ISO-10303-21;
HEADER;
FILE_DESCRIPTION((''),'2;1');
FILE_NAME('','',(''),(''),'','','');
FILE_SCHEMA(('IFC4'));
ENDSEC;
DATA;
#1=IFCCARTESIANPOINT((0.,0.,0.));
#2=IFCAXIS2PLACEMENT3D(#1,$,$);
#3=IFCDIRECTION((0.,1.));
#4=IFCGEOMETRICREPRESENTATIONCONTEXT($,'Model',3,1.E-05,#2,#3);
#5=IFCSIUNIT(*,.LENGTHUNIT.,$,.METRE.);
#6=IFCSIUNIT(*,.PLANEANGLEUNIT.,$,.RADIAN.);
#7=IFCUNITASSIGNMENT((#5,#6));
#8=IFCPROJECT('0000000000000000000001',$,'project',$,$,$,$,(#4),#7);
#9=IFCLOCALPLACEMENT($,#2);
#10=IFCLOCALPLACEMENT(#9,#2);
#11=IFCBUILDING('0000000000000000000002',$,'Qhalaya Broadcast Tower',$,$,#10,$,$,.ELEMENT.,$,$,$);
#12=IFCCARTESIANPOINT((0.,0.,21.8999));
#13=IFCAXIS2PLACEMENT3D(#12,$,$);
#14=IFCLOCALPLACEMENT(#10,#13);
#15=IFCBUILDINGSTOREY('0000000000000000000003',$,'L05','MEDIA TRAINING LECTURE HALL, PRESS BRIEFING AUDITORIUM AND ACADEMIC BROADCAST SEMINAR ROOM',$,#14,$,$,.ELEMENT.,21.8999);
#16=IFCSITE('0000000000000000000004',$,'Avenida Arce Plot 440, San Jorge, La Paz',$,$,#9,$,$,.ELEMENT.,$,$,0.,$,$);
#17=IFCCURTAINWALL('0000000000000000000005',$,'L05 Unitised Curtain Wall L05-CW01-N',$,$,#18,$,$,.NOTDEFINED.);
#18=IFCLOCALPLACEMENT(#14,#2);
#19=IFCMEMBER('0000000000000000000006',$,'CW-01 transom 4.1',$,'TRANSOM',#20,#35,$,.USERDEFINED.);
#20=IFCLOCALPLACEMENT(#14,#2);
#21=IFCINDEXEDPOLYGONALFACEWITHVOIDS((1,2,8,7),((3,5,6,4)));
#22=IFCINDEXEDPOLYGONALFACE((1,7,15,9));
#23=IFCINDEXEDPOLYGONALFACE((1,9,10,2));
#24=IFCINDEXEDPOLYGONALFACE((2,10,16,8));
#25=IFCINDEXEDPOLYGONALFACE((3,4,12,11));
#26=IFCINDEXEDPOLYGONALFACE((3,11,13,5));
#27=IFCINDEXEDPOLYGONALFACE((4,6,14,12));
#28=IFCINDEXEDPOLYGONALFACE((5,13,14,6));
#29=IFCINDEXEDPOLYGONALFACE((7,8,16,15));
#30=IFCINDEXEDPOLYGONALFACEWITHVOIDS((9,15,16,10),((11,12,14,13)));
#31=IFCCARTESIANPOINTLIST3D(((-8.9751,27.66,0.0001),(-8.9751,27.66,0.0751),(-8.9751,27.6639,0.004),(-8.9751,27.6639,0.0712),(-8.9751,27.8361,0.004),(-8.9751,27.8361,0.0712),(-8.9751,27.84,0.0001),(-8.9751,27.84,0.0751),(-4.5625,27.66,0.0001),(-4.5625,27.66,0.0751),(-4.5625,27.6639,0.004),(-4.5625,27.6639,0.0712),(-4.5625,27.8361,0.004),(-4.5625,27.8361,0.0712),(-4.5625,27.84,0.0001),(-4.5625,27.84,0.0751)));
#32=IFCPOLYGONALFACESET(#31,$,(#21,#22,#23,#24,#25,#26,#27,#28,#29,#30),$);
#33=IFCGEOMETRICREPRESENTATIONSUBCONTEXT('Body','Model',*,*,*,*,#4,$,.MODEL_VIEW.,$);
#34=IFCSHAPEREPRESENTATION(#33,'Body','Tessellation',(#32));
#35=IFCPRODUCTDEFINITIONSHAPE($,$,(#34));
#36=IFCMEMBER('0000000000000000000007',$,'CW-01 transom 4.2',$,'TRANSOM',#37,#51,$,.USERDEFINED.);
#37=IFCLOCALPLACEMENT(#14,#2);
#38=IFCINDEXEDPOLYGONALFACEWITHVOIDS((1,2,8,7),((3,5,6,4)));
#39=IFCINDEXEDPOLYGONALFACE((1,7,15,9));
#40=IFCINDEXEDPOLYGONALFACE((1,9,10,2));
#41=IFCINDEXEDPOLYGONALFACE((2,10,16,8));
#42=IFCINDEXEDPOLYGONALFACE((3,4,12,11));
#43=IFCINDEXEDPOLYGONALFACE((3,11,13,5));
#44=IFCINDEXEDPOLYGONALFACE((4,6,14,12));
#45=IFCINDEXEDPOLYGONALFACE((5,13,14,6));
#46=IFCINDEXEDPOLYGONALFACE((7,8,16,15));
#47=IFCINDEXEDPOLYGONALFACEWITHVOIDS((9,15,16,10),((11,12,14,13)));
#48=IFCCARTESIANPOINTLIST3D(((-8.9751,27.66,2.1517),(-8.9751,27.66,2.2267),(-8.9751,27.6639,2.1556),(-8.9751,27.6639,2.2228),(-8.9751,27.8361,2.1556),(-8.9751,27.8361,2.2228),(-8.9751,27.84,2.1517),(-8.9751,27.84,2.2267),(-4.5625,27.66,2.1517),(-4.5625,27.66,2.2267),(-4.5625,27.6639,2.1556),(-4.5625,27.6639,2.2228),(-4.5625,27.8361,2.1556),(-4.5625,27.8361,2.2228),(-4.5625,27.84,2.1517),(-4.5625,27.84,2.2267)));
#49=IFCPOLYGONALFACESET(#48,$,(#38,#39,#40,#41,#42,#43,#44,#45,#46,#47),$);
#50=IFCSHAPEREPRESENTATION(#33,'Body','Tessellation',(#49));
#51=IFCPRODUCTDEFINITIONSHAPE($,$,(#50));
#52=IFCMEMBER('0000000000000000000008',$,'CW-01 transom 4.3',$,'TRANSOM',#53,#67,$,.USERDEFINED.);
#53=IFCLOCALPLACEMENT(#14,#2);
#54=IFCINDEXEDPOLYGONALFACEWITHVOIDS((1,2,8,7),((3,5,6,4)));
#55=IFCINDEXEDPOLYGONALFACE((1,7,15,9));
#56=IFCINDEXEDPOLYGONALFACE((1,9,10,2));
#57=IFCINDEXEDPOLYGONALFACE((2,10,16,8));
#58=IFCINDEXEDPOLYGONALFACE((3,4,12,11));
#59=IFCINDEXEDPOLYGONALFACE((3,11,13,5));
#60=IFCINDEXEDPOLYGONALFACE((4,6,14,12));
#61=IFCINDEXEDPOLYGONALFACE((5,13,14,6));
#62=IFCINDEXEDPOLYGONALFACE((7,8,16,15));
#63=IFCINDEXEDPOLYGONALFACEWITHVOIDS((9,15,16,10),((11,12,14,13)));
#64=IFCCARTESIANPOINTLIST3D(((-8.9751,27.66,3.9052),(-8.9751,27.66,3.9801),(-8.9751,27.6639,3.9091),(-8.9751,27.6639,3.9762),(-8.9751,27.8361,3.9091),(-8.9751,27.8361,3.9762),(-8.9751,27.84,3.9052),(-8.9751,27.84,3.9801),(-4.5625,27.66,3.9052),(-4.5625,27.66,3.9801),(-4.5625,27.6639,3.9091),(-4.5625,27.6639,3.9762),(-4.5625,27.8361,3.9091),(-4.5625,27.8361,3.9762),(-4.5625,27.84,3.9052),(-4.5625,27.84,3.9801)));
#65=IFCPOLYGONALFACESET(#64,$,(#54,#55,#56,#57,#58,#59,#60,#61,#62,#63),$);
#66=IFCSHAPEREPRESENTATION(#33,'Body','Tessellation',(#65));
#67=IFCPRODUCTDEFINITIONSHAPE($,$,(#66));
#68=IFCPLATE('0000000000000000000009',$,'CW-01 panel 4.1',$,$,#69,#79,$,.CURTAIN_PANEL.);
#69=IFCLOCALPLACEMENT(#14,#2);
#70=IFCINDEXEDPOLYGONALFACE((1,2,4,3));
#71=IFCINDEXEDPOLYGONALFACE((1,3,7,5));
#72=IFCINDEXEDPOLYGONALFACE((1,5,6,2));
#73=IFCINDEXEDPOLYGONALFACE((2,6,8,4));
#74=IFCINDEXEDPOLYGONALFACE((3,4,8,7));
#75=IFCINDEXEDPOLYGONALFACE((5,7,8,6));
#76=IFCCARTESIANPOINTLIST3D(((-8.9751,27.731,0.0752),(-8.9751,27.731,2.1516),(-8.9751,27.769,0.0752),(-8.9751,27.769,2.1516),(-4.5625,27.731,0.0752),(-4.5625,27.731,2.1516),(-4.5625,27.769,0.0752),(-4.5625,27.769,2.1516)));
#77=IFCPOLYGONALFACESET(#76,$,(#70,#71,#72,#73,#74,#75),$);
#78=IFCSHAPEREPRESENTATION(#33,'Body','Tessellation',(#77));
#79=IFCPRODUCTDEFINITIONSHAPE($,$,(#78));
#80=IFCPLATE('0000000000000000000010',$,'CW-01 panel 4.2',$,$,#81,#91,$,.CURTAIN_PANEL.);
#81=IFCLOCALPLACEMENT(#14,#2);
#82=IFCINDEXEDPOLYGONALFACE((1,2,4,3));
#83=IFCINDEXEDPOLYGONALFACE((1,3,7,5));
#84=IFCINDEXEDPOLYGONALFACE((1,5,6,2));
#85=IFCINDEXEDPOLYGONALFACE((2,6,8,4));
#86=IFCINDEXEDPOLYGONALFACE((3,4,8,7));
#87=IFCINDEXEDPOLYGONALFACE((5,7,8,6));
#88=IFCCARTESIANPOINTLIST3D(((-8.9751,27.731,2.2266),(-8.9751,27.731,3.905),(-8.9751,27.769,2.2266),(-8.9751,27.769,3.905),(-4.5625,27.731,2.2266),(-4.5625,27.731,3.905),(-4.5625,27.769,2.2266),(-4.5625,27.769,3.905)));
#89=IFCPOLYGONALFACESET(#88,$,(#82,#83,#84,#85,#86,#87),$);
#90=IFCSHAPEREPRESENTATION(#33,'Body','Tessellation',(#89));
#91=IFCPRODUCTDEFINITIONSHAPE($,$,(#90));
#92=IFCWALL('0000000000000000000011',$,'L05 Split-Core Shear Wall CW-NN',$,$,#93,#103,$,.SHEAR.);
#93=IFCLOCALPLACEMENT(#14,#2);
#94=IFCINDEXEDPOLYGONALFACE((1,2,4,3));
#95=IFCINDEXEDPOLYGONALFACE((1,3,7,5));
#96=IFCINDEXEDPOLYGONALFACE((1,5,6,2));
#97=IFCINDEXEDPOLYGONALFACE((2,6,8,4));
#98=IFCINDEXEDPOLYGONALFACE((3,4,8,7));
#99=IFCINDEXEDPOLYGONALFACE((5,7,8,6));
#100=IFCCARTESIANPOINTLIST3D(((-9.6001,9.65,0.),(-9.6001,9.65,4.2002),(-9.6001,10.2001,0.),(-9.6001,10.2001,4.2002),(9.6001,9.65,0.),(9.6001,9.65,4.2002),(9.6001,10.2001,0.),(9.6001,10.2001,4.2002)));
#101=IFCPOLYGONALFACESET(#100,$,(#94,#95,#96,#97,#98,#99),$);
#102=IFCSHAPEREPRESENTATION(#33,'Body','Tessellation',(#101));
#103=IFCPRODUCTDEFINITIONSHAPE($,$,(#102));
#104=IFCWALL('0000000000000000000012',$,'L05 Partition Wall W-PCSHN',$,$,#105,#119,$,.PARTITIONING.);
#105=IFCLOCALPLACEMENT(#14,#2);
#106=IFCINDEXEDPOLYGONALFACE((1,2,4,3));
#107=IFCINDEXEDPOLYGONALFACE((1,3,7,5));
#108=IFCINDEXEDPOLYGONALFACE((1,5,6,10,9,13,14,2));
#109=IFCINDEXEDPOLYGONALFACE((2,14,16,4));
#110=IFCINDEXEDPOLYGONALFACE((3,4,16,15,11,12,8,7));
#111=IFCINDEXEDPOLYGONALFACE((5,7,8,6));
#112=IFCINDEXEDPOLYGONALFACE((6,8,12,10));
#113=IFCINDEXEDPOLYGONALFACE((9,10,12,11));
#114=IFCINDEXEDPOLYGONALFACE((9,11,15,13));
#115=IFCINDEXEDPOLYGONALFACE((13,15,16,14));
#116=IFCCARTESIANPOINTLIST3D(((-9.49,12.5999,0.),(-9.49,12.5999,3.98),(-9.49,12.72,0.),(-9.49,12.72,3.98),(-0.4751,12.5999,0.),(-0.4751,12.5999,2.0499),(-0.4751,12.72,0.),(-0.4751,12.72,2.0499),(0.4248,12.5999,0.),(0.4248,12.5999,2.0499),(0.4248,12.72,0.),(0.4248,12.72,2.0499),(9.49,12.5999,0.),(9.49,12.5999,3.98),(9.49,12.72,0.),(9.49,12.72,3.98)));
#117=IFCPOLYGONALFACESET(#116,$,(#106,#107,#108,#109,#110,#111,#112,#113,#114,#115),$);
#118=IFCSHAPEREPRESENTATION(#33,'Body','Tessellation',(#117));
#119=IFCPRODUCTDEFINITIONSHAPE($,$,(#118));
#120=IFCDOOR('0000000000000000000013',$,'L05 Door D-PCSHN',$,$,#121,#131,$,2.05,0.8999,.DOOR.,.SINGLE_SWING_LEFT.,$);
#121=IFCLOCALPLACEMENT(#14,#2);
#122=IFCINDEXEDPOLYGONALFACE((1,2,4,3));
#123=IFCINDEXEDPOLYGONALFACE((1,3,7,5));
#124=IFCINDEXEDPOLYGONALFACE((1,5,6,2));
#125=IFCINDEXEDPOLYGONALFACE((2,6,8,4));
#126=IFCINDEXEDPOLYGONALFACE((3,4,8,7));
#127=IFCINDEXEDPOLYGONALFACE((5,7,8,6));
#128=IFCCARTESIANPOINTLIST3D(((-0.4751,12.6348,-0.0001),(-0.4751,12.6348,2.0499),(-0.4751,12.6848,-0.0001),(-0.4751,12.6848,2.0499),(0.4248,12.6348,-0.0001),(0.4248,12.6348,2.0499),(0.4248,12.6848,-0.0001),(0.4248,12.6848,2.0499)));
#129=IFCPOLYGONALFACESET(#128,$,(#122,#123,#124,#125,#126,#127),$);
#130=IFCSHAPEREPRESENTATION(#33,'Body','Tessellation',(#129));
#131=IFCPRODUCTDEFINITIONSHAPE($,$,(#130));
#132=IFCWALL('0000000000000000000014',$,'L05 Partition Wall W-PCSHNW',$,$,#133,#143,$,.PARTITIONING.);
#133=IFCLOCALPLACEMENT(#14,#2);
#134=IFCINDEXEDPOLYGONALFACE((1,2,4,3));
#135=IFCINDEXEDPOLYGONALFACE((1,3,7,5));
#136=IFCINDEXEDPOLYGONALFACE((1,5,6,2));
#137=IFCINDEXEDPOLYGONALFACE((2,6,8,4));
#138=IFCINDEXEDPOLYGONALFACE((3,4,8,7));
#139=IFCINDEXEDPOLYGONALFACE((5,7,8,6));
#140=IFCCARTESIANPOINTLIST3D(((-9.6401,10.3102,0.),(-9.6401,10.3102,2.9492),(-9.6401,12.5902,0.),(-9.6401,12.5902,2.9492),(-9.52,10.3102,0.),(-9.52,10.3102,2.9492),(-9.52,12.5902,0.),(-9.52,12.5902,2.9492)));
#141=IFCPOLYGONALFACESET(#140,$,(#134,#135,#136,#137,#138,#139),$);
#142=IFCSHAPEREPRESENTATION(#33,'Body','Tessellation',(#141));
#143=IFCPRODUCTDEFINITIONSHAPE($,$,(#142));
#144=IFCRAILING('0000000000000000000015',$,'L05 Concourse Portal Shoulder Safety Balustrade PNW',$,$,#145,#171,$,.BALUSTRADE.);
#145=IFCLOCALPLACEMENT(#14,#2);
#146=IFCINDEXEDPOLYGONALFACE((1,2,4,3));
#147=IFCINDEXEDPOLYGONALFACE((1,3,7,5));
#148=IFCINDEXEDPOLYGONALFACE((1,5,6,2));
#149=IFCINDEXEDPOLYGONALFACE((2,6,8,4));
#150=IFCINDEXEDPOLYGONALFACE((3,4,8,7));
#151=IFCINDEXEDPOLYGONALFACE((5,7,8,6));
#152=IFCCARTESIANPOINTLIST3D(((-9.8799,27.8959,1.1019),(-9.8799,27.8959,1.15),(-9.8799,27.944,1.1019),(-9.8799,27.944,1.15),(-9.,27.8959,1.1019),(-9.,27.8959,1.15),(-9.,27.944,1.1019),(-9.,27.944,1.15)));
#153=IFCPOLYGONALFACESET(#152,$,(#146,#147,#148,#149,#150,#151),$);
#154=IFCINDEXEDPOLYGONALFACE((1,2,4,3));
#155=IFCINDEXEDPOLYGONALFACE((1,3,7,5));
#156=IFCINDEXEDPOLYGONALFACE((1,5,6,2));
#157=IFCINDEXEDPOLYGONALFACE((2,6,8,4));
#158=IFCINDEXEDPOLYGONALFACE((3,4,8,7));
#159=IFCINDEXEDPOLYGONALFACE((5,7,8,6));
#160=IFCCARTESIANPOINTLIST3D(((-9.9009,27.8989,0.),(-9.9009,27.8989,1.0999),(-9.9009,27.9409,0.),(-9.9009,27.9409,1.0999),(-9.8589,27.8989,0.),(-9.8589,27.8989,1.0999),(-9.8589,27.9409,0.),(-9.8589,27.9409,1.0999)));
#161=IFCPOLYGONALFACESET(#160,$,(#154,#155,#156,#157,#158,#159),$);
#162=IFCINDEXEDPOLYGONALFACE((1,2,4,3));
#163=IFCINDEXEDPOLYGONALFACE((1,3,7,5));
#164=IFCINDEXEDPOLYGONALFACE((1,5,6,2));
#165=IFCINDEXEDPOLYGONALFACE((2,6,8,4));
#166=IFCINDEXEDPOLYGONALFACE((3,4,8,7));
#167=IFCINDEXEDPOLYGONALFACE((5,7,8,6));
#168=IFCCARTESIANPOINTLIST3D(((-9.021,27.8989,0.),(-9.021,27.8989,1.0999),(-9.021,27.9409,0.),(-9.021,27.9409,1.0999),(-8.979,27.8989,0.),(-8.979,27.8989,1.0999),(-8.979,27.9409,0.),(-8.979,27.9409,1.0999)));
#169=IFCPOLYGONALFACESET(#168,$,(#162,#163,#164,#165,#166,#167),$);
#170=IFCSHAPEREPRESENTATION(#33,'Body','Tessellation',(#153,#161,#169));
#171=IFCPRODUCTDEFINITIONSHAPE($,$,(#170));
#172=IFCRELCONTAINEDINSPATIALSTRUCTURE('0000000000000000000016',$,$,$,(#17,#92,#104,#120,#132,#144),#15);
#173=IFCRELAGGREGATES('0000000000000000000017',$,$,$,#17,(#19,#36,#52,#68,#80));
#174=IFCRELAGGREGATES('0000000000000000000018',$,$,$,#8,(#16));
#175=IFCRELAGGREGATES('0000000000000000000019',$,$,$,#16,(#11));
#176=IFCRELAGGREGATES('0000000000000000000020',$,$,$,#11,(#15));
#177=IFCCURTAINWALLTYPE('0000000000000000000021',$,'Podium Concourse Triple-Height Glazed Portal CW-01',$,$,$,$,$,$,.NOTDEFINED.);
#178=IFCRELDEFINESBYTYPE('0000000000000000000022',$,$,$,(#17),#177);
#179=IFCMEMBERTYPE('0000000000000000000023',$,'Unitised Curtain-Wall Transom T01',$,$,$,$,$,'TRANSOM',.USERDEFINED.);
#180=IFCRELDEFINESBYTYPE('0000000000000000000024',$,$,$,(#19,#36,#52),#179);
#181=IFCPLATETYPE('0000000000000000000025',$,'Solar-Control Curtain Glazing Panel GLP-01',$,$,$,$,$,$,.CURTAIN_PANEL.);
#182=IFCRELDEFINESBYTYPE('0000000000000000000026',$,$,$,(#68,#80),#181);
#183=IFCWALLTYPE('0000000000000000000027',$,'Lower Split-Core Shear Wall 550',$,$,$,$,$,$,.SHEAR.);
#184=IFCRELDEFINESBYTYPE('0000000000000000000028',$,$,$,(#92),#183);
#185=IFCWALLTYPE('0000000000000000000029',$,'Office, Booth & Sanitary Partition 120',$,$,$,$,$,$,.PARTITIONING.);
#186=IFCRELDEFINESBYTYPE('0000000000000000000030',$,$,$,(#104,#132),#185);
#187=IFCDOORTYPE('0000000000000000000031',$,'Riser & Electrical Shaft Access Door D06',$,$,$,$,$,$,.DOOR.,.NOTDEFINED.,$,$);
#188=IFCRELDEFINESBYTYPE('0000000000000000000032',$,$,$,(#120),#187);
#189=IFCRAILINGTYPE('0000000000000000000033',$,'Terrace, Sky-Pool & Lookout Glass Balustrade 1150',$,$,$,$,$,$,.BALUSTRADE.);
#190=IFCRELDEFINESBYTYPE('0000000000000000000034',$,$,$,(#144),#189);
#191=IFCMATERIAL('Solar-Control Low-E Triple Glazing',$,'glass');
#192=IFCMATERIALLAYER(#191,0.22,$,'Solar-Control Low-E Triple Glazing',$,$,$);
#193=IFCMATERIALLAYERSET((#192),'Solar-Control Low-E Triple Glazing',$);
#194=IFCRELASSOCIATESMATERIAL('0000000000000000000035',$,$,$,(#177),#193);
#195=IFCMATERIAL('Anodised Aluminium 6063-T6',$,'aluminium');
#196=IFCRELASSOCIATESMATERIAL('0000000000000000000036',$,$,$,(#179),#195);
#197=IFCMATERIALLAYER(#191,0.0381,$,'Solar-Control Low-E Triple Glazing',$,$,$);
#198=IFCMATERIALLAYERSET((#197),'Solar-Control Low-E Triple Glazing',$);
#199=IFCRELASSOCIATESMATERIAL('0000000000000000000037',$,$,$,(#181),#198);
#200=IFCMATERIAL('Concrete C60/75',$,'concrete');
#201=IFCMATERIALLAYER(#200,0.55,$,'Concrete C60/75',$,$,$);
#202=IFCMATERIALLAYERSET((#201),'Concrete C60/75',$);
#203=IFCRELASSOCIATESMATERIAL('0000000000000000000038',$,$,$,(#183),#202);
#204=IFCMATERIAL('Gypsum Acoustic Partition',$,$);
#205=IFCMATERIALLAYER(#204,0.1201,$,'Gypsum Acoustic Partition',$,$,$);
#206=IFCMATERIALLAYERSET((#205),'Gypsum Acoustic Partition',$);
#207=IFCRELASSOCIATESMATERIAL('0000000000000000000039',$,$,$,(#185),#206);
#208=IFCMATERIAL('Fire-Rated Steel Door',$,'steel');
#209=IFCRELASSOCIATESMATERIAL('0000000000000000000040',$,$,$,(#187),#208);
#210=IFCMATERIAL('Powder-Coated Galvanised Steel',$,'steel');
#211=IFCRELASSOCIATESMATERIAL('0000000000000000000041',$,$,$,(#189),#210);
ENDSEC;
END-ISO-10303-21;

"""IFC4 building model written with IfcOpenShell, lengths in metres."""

from ifc_helpers import new_model, si_unit, direction, frame, frame_2d, origin, origin_2d, place, context, subcontext, project, spatial, rectangle, hollow_rectangle, extrude, material, layer, layer_set, material_profile, profile_set, type_object, element, fill, aggregate, save


model = new_model("IFC4")

# Units and contexts
model_context = context("Model", 3, precision=1e-05, world=origin(), true_north=direction((0.0, 1.0)))
body_context = subcontext(model_context, "Body", "Model", "MODEL_VIEW")
ifc_project = project(units=[si_unit("LENGTHUNIT", "METRE"), si_unit("PLANEANGLEUNIT", "RADIAN")], contexts=[model_context])

# Site, building, storey
site_placement = place(None, origin())
site = spatial("IfcSite", under=ifc_project, at=site_placement, Name="Avenida Arce Plot 440, San Jorge, La Paz", CompositionType="ELEMENT", RefElevation=0.0)
building_placement = place(site_placement, origin())
building = spatial("IfcBuilding", under=site, at=building_placement, Name="Qhalaya Broadcast Tower", CompositionType="ELEMENT")
storey_placement = place(building_placement, frame((0.0, 0.0, 21.8999)))
storey = spatial("IfcBuildingStorey", under=building, at=storey_placement, Name="L05", Description="MEDIA TRAINING LECTURE HALL, PRESS BRIEFING AUDITORIUM AND ACADEMIC BROADCAST SEMINAR ROOM", CompositionType="ELEMENT", Elevation=21.8999)

# Shared definitions
ifc_material_1 = material(Name="Concrete C60/75", Category="concrete")

# Curtain wall, members, plates
ifc_material_2 = material(Name="Solar-Control Low-E Triple Glazing", Category="glass")
ifc_layer_1 = layer(ifc_material_2, 0.22, Name="Solar-Control Low-E Triple Glazing")
ifc_layer_set_1 = layer_set([ifc_layer_1], Name="Solar-Control Low-E Triple Glazing")
curtain_wall_type = type_object("IfcCurtainWallType", Name="Podium Concourse Triple-Height Glazed Portal CW-01", PredefinedType="NOTDEFINED", material=ifc_layer_set_1)
curtain_wall_placement = place(storey_placement, origin())
curtain_wall = element("IfcCurtainWall", 1, at=curtain_wall_placement, inside=storey, type_object=curtain_wall_type, Name="L05 Unitised Curtain Wall L05-CW01-N", PredefinedType="NOTDEFINED")
ifc_material_3 = material(Name="Anodised Aluminium 6063-T6", Category="aluminium")
ifc_material_profile_1 = material_profile(ifc_material_3, hollow_rectangle(XDim=0.075, YDim=0.1799, WallThickness=0.0039, at=origin_2d()), Name="ALU-TRN 75x180x4")
ifc_profile_set_1 = profile_set([ifc_material_profile_1], Name="Anodised Aluminium 6063-T6")
member_type_1 = type_object("IfcMemberType", Name="Unitised Curtain-Wall Transom T01", ElementType="TRANSOM", PredefinedType="USERDEFINED", material=ifc_profile_set_1)
member_1_placement = place(storey_placement, frame((-4.5625, 27.75, 0.0376), z_axis=(-1.0, 0.0, 0.0), x_axis=(0.0, 0.0, 1.0)))
member_1 = element("IfcMember", 2, at=member_1_placement, type_object=member_type_1, Name="CW-01 transom 4.1", ObjectType="TRANSOM", PredefinedType="USERDEFINED", context=body_context, shape_type="SweptSolid", body=[
    extrude(hollow_rectangle(XDim=0.075, YDim=0.1799, WallThickness=0.0039, at=origin_2d()), origin(), (0.0, 0.0, 1.0), 4.4126),
])
member_2_placement = place(storey_placement, frame((-4.5625, 27.75, 2.1892), z_axis=(-1.0, 0.0, 0.0), x_axis=(0.0, 0.0, 1.0)))
member_2 = element("IfcMember", 3, at=member_2_placement, type_object=member_type_1, Name="CW-01 transom 4.2", ObjectType="TRANSOM", PredefinedType="USERDEFINED", context=body_context, shape_type="SweptSolid", body=[
    extrude(hollow_rectangle(XDim=0.075, YDim=0.1799, WallThickness=0.0039, at=origin_2d()), origin(), (0.0, 0.0, 1.0), 4.4126),
])
member_3_placement = place(storey_placement, frame((-4.5625, 27.75, 3.9426), z_axis=(-1.0, 0.0, 0.0), x_axis=(0.0, 0.0, 1.0)))
member_3 = element("IfcMember", 4, at=member_3_placement, type_object=member_type_1, Name="CW-01 transom 4.3", ObjectType="TRANSOM", PredefinedType="USERDEFINED", context=body_context, shape_type="SweptSolid", body=[
    extrude(hollow_rectangle(XDim=0.075, YDim=0.1799, WallThickness=0.0039, at=origin_2d()), origin(), (0.0, 0.0, 1.0), 4.4126),
])
ifc_layer_2 = layer(ifc_material_2, 0.0381, Name="Solar-Control Low-E Triple Glazing")
ifc_layer_set_2 = layer_set([ifc_layer_2], Name="Solar-Control Low-E Triple Glazing")
plate_type = type_object("IfcPlateType", Name="Solar-Control Curtain Glazing Panel GLP-01", PredefinedType="CURTAIN_PANEL", material=ifc_layer_set_2)
plate_1_placement = place(storey_placement, frame((-6.7688, 27.75, 0.0752), z_axis=(0.0, 0.0, 1.0), x_axis=(-1.0, 0.0, 0.0)))
plate_1 = element("IfcPlate", 5, at=plate_1_placement, type_object=plate_type, Name="CW-01 panel 4.1", PredefinedType="CURTAIN_PANEL", context=body_context, shape_type="SweptSolid", body=[
    extrude(rectangle(XDim=4.4126, YDim=0.0381, at=origin_2d()), origin(), (0.0, 0.0, 1.0), 2.0764),
])
plate_2_placement = place(storey_placement, frame((-6.7688, 27.75, 2.2266), z_axis=(0.0, 0.0, 1.0), x_axis=(-1.0, 0.0, 0.0)))
plate_2 = element("IfcPlate", 6, at=plate_2_placement, type_object=plate_type, Name="CW-01 panel 4.2", PredefinedType="CURTAIN_PANEL", context=body_context, shape_type="SweptSolid", body=[
    extrude(rectangle(XDim=4.4126, YDim=0.0381, at=origin_2d()), origin(), (0.0, 0.0, 1.0), 1.6785),
])
aggregate(curtain_wall, [member_1, member_2, member_3, plate_1, plate_2])

# Wall
ifc_layer_3 = layer(ifc_material_1, 0.55, Name="Concrete C60/75")
ifc_layer_set_3 = layer_set([ifc_layer_3], Name="Concrete C60/75")
wall_type_1 = type_object("IfcWallType", Name="Lower Split-Core Shear Wall 550", PredefinedType="SHEAR", material=ifc_layer_set_3)
wall_1_placement = place(storey_placement, frame((-9.6001, 9.925, 0.0), z_axis=(0.0, 0.0, 1.0), x_axis=(1.0, 0.0, 0.0)))
element("IfcWall", 7, at=wall_1_placement, inside=storey, type_object=wall_type_1, Name="L05 Split-Core Shear Wall CW-NN", PredefinedType="SHEAR", context=body_context, shape_type="SweptSolid", body=[
    extrude(rectangle(XDim=19.2002, YDim=0.55, at=frame_2d((9.6001, 0.0))), origin(), (0.0, 0.0, 1.0), 4.2002),
])

# Wall, opening, door
ifc_material_4 = material(Name="Gypsum Acoustic Partition")
ifc_layer_4 = layer(ifc_material_4, 0.1201, Name="Gypsum Acoustic Partition")
ifc_layer_set_4 = layer_set([ifc_layer_4], Name="Gypsum Acoustic Partition")
wall_type_2 = type_object("IfcWallType", Name="Office, Booth & Sanitary Partition 120", PredefinedType="PARTITIONING", material=ifc_layer_set_4)
wall_2_placement = place(storey_placement, frame((-9.49, 12.6599, 0.0), z_axis=(0.0, 0.0, 1.0), x_axis=(1.0, 0.0, 0.0)))
wall_2 = element("IfcWall", 8, at=wall_2_placement, inside=storey, type_object=wall_type_2, Name="L05 Partition Wall W-PCSHN", PredefinedType="PARTITIONING", context=body_context, shape_type="SweptSolid", body=[
    extrude(rectangle(XDim=18.98, YDim=0.1201, at=frame_2d((9.49, 0.0))), origin(), (0.0, 0.0, 1.0), 3.98),
])
opening_placement = place(wall_2_placement, frame((9.0149, 0.0, 0.0)))
opening = element("IfcOpeningElement", 9, at=opening_placement, cuts=wall_2, PredefinedType="OPENING", context=body_context, shape_type="SweptSolid", body=[
    extrude(rectangle(XDim=0.8999, YDim=2.05, at=frame_2d((0.45, 1.0249))), frame((0.0, 0.072, 0.0), z_axis=(0.0, -1.0, 0.0), x_axis=(1.0, 0.0, 0.0)), (0.0, 0.0, 1.0), 0.144),
])
ifc_material_5 = material(Name="Fire-Rated Steel Door", Category="steel")
door_type = type_object("IfcDoorType", Name="Riser & Electrical Shaft Access Door D06", OperationType="NOTDEFINED", PredefinedType="DOOR", material=ifc_material_5)
door_placement = place(opening_placement, origin())
door = element("IfcDoor", 10, at=door_placement, inside=storey, type_object=door_type, Name="L05 Door D-PCSHN", OperationType="SINGLE_SWING_LEFT", OverallHeight=2.05, OverallWidth=0.8999, PredefinedType="DOOR", context=body_context, shape_type="SweptSolid", body=[
    extrude(rectangle(XDim=0.8999, YDim=2.05, at=frame_2d((0.45, 1.0249))), frame((0.0, 0.0249, 0.0), z_axis=(0.0, -1.0, 0.0), x_axis=(1.0, 0.0, 0.0)), (0.0, 0.0, 1.0), 0.05),
])
fill(opening, door)

# Wall
wall_3_placement = place(storey_placement, frame((-9.5801, 10.3101, 0.0), z_axis=(0.0, 0.0, 1.0), x_axis=(0.0, 1.0, 0.0)))
element("IfcWall", 11, at=wall_3_placement, inside=storey, type_object=wall_type_2, Name="L05 Partition Wall W-PCSHNW", PredefinedType="PARTITIONING", context=body_context, shape_type="SweptSolid", body=[
    extrude(rectangle(XDim=2.28, YDim=0.1201, at=frame_2d((1.1401, 0.0))), origin(), (0.0, 0.0, 1.0), 2.9492),
])

# Railing
ifc_material_6 = material(Name="Powder-Coated Galvanised Steel", Category="steel")
railing_type = type_object("IfcRailingType", Name="Terrace, Sky-Pool & Lookout Glass Balustrade 1150", PredefinedType="BALUSTRADE", material=ifc_material_6)
railing_placement = place(storey_placement, frame((-9.8799, 27.9199, 0.0)))
element("IfcRailing", 12, at=railing_placement, inside=storey, type_object=railing_type, Name="L05 Concourse Portal Shoulder Safety Balustrade PNW", PredefinedType="BALUSTRADE", context=body_context, shape_type="SweptSolid", body=[
    extrude(rectangle(XDim=0.0481, YDim=0.0481, at=origin_2d()), frame((0.0, 0.0, 1.126), z_axis=(1.0, 0.0, 0.0), x_axis=(0.0, 1.0, 0.0)), (0.0, 0.0, 1.0), 0.8799),
    extrude(rectangle(XDim=0.042, YDim=0.042, at=origin_2d()), origin(), (0.0, 0.0, 1.0), 1.0999),
    extrude(rectangle(XDim=0.042, YDim=0.042, at=origin_2d()), frame((0.8799, 0.0, 0.0)), (0.0, 0.0, 1.0), 1.0999),
])

save(model, "model.ifc")
